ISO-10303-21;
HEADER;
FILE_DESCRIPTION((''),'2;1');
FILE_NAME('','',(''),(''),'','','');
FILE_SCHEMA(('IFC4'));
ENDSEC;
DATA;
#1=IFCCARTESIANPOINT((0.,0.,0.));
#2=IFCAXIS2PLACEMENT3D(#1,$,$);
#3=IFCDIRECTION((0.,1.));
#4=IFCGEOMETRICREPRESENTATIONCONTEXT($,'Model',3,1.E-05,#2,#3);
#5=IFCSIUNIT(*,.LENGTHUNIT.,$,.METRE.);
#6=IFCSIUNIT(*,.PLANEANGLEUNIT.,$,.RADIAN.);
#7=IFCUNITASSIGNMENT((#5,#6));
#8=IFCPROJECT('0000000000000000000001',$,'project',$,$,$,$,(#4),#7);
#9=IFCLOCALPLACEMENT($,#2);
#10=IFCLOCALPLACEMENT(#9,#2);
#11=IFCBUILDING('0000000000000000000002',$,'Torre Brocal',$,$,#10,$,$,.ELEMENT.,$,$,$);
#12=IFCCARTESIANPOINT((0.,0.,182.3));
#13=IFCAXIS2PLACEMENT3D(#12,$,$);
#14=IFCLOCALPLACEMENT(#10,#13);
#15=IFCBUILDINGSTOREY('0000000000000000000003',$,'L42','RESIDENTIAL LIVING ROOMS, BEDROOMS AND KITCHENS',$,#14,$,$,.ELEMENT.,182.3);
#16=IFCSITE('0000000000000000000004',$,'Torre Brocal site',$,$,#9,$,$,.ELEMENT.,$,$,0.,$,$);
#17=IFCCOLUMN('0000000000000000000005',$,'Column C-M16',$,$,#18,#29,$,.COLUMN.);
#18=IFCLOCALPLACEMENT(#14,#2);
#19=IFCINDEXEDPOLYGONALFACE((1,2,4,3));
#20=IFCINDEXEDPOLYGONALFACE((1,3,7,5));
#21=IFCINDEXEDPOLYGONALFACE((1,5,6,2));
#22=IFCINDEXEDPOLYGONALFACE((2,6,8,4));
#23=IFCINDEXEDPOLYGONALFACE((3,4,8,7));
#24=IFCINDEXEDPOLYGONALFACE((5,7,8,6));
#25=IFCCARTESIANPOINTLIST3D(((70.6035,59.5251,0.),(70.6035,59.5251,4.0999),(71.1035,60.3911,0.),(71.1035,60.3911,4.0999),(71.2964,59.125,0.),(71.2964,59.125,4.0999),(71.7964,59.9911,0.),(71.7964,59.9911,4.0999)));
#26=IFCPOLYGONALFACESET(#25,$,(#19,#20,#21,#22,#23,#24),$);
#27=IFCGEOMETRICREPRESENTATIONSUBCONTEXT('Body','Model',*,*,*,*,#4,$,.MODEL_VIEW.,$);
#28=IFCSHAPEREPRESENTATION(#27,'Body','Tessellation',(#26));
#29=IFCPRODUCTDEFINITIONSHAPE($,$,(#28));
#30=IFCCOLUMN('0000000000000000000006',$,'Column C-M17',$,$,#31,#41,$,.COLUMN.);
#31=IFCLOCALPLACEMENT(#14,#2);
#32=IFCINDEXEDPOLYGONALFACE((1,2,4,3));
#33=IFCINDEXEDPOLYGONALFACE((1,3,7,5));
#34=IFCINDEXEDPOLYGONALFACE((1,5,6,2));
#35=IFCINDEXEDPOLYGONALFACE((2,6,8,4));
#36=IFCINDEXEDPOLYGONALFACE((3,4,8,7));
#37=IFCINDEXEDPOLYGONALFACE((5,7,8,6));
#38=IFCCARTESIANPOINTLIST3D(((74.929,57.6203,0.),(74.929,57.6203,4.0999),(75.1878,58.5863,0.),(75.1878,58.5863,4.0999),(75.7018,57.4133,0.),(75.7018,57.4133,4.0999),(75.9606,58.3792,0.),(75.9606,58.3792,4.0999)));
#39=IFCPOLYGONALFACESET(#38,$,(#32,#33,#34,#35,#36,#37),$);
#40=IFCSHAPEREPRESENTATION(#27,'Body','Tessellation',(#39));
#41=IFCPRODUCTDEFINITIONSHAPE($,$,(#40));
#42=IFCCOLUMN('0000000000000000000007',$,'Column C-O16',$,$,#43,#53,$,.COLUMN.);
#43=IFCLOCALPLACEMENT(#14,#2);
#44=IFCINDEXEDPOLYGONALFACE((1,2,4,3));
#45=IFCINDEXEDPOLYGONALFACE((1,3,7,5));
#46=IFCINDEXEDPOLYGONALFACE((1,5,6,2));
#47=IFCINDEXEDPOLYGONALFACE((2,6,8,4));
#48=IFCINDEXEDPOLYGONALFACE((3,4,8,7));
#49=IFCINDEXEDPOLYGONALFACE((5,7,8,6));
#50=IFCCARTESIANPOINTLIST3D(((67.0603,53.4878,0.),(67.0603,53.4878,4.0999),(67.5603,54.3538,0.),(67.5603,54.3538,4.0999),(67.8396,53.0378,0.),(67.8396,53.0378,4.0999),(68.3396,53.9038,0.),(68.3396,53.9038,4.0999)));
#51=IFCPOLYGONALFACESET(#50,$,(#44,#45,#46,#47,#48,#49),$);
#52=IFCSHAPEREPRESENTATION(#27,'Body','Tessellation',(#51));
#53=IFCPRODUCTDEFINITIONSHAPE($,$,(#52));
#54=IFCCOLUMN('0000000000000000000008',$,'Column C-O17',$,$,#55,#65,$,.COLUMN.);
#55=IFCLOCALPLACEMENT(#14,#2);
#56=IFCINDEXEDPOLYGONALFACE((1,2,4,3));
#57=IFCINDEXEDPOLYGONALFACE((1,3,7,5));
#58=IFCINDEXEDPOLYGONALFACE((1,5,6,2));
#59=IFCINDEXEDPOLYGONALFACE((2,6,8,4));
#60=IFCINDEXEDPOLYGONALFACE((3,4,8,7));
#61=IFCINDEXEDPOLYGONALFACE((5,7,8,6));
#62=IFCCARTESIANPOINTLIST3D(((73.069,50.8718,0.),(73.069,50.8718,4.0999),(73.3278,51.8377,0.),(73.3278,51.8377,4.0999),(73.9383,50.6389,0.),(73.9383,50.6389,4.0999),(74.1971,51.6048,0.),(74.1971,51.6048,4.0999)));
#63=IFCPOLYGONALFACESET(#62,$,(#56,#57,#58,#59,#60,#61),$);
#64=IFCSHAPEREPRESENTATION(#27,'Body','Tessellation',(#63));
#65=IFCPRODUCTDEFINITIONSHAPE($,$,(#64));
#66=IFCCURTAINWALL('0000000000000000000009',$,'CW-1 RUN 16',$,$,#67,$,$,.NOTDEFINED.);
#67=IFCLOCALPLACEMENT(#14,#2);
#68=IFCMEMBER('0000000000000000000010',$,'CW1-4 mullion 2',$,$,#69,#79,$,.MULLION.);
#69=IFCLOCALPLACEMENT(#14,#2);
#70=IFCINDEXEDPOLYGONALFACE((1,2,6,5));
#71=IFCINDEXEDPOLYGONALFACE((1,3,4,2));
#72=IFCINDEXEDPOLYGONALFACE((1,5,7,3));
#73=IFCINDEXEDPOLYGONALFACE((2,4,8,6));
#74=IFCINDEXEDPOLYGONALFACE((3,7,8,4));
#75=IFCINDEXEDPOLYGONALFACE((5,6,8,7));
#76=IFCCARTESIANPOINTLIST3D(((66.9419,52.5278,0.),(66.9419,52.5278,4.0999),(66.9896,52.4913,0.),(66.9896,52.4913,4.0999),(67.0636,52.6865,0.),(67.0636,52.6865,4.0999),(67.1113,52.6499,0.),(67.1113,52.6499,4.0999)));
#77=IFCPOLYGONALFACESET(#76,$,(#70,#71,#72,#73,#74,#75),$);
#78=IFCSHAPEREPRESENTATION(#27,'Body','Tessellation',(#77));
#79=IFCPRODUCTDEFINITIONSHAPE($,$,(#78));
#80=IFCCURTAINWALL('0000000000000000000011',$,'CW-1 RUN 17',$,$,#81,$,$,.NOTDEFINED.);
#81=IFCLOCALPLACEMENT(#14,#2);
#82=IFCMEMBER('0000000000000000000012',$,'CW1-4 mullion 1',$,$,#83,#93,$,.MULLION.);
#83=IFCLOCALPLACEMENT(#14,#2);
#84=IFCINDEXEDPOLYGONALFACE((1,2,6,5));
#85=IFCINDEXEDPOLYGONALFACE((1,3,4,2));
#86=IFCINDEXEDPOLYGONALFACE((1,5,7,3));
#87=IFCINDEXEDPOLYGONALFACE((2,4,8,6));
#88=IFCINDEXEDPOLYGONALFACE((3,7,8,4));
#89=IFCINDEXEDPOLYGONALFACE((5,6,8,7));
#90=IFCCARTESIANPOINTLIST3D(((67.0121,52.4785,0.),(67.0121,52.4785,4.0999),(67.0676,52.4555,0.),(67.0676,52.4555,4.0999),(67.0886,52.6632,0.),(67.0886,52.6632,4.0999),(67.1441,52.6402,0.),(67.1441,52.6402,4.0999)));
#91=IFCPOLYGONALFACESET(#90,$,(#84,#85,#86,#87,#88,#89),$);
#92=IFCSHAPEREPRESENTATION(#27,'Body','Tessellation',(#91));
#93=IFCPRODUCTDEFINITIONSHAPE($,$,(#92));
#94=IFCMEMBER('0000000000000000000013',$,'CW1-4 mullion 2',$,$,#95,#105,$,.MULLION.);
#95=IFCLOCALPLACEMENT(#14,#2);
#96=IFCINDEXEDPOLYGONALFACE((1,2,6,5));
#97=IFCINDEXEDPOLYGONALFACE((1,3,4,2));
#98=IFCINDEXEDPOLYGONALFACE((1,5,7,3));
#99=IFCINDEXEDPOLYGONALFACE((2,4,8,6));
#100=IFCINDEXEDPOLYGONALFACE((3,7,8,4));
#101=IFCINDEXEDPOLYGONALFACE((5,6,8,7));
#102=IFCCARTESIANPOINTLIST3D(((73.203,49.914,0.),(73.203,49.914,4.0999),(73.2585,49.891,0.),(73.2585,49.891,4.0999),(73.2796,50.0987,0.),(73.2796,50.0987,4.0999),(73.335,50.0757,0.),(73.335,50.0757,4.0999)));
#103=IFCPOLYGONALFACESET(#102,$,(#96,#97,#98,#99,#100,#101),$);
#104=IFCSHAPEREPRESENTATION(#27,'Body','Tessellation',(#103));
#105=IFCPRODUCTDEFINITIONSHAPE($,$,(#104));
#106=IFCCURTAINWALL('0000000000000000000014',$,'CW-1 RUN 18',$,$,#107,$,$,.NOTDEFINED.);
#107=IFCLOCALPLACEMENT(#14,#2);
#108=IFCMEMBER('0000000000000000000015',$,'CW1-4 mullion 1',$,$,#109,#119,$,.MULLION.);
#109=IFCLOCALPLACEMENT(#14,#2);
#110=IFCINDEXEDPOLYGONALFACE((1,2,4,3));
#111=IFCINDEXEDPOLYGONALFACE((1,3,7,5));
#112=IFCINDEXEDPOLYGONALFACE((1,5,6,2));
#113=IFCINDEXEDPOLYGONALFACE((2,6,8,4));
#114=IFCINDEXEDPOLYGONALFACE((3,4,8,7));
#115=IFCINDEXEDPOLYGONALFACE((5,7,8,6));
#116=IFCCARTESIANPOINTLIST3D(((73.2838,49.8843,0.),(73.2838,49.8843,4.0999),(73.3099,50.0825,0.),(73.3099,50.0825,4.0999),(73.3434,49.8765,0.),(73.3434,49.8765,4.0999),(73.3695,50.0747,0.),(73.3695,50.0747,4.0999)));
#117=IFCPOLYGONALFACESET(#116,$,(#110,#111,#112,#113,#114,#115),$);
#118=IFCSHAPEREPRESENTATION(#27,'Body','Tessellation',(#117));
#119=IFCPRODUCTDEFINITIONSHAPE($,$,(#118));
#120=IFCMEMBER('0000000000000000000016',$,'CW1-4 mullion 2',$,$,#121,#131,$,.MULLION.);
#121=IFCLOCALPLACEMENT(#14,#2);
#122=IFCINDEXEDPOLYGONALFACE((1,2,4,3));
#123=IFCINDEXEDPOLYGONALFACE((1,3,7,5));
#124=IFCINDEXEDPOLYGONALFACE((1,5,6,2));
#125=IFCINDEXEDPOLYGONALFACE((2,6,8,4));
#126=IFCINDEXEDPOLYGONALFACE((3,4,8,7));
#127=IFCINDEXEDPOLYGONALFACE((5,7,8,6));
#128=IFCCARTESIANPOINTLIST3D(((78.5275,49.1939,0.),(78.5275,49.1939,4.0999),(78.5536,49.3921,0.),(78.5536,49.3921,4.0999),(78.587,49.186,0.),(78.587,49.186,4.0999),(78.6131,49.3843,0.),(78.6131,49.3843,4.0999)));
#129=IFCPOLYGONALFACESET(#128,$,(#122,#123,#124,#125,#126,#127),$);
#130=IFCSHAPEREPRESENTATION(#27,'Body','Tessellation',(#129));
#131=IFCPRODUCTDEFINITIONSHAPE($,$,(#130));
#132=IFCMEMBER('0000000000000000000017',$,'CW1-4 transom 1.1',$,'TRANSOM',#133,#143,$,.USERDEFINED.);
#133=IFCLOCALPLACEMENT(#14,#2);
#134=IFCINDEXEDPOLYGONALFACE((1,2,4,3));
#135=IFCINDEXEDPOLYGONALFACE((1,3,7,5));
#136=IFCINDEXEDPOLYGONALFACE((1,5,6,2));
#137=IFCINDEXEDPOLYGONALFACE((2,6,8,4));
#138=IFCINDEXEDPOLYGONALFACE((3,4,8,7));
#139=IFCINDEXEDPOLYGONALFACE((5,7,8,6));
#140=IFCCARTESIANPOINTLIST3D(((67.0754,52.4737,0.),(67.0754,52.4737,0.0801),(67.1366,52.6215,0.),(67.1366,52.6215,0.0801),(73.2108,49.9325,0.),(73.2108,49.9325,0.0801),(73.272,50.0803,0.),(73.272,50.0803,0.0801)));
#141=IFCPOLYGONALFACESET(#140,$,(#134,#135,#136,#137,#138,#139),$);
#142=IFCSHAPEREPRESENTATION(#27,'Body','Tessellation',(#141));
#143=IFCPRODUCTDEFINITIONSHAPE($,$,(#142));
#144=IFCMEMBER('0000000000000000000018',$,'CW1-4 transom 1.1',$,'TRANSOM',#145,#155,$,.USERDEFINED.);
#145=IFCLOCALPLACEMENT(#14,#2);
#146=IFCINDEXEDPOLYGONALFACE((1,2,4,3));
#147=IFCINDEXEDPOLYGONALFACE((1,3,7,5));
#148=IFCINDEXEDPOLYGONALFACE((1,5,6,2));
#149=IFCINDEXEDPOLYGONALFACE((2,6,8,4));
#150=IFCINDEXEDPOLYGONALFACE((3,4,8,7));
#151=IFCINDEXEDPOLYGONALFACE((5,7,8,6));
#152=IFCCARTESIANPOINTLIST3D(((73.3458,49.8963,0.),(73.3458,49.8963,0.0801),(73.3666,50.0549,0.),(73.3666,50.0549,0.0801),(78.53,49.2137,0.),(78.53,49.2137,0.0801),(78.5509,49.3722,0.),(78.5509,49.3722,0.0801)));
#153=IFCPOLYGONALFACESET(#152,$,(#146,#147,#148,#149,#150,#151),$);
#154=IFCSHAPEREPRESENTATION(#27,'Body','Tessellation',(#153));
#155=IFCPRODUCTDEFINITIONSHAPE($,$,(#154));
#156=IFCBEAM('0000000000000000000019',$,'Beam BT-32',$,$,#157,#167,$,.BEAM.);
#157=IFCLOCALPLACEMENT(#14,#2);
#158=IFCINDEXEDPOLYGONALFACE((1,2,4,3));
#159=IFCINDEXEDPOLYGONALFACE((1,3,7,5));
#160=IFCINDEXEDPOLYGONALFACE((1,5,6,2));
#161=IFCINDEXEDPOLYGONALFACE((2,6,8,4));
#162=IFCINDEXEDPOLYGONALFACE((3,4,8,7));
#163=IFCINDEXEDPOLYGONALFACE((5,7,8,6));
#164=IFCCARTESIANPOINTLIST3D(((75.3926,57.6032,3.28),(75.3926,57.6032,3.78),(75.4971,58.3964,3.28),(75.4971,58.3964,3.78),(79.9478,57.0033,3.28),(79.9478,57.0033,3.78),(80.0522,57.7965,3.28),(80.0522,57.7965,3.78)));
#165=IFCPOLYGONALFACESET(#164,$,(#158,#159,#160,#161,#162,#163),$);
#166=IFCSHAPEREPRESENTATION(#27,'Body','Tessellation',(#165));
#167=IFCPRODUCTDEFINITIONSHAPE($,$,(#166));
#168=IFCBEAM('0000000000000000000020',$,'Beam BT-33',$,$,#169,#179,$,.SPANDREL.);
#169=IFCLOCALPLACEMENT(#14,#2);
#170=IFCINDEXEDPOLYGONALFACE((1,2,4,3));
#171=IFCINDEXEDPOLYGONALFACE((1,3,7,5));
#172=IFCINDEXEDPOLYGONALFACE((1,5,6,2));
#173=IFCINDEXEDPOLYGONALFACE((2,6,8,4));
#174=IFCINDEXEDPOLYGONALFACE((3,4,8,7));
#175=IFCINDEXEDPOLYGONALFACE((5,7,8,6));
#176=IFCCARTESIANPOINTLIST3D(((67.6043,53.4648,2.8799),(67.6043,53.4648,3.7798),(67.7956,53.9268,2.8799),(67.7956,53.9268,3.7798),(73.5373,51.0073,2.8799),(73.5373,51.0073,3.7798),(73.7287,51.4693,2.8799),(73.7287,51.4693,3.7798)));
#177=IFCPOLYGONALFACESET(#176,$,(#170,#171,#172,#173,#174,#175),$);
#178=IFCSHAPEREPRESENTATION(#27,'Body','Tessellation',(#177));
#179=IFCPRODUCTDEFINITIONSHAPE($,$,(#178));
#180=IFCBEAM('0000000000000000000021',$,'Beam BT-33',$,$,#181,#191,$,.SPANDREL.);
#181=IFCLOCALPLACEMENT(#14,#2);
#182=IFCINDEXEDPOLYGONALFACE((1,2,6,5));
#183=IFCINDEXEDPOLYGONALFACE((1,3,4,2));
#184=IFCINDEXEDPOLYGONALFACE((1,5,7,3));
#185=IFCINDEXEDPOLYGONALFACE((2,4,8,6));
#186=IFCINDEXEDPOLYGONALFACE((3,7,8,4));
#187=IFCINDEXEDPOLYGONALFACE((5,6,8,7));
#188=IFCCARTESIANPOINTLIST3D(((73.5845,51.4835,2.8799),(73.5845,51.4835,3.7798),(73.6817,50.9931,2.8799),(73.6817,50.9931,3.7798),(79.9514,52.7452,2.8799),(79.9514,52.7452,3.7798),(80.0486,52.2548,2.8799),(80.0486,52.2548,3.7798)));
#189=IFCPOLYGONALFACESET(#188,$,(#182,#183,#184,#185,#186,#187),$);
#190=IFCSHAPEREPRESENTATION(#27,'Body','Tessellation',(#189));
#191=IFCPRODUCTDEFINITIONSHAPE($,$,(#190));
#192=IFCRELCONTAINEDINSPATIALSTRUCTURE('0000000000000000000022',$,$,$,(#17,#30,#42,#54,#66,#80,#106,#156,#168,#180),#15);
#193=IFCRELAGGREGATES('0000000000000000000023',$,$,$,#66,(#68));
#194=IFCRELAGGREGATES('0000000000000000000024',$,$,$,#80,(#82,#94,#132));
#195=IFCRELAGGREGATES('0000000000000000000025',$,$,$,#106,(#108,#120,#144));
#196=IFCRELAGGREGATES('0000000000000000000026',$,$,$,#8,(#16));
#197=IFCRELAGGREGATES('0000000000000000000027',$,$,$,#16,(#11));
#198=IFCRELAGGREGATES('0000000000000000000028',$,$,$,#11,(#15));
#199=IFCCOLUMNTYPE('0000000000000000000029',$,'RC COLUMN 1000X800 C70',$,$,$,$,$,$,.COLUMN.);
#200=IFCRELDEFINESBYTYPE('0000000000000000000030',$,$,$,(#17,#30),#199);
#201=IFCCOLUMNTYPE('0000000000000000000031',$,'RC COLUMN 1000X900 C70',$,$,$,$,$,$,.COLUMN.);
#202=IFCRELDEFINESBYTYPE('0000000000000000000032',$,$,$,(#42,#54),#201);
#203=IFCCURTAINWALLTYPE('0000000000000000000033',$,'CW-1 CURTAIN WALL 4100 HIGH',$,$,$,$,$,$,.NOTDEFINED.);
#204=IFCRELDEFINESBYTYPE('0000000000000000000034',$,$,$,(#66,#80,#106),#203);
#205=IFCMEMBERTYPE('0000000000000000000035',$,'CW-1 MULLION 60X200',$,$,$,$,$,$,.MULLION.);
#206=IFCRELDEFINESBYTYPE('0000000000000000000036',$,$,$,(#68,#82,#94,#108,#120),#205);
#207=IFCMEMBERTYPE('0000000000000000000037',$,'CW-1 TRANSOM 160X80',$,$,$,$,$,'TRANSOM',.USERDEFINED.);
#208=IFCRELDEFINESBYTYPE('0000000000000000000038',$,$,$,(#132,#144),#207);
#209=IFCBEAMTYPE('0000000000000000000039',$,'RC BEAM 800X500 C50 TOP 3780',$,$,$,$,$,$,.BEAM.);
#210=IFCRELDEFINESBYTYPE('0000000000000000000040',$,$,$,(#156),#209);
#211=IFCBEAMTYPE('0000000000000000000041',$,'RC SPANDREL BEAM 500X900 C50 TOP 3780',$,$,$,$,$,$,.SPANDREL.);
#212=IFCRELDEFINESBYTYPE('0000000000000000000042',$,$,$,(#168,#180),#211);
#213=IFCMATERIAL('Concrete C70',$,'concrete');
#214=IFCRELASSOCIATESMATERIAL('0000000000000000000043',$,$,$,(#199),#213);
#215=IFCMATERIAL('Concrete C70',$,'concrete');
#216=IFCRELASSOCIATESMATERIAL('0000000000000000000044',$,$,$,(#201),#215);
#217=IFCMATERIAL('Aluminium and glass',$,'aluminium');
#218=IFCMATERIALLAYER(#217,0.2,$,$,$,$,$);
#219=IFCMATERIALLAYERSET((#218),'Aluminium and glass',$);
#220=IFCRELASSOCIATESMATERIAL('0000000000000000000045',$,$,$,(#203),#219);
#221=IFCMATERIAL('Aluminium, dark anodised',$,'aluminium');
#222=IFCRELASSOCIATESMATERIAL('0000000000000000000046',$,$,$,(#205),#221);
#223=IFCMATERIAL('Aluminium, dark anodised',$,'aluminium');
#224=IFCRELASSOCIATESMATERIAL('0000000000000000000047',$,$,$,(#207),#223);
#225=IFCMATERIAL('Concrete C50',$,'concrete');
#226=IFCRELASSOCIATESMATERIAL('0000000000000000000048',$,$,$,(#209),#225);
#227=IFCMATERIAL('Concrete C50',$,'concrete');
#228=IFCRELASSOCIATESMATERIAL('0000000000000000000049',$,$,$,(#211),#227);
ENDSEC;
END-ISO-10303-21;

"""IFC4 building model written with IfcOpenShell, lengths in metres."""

from ifc_helpers import new_model, si_unit, direction, frame, origin, origin_2d, place, context, subcontext, project, spatial, rectangle, extrude, material, layer, layer_set, material_profile, profile_set, type_object, element, aggregate, save


model = new_model("IFC4")

# Units and contexts
model_context = context("Model", 3, precision=1e-05, world=origin(), true_north=direction((0.0, 1.0)))
body_context = subcontext(model_context, "Body", "Model", "MODEL_VIEW")
ifc_project = project(units=[si_unit("LENGTHUNIT", "METRE"), si_unit("PLANEANGLEUNIT", "RADIAN")], contexts=[model_context])

# Site, building, storey
site_placement = place(None, origin())
site = spatial("IfcSite", under=ifc_project, at=site_placement, Name="Torre Brocal site", CompositionType="ELEMENT", RefElevation=0.0)
building_placement = place(site_placement, origin())
building = spatial("IfcBuilding", under=site, at=building_placement, Name="Torre Brocal", CompositionType="ELEMENT")
storey_placement = place(building_placement, frame((0.0, 0.0, 182.3)))
storey = spatial("IfcBuildingStorey", under=building, at=storey_placement, Name="L42", Description="RESIDENTIAL LIVING ROOMS, BEDROOMS AND KITCHENS", CompositionType="ELEMENT", Elevation=182.3)

# Columns
ifc_material_1 = material(Name="Concrete C70", Category="concrete")
ifc_material_profile_1 = material_profile(ifc_material_1, rectangle(XDim=1.0, YDim=0.8, at=origin_2d()), Name="RC 1000X800")
ifc_profile_set_1 = profile_set([ifc_material_profile_1], Name="Concrete C70")
column_type_1 = type_object("IfcColumnType", Name="RC COLUMN 1000X800 C70", PredefinedType="COLUMN", material=ifc_profile_set_1)
for number, where, z_axis, x_axis, name in (
    (1, (71.2, 59.7581, 0.0), (0.0, 0.0, 1.0), (-0.5, -0.866025, 0.0), "Column C-M16"),
    (2, (75.4448, 57.9998, 0.0), (0.0, 0.0, 1.0), (-0.258819, -0.965926, 0.0), "Column C-M17"),
):
    element("IfcColumn", number, at=place(storey_placement, frame(where, z_axis=z_axis, x_axis=x_axis)), inside=storey, type_object=column_type_1, Name=name, PredefinedType="COLUMN", context=body_context, shape_type="SweptSolid", body=[
        extrude(rectangle(XDim=1.0, YDim=0.8, at=origin_2d()), origin(), (0.0, 0.0, 1.0), 4.0999),
    ])
ifc_material_2 = material(Name="Concrete C70", Category="concrete")
ifc_material_profile_2 = material_profile(ifc_material_2, rectangle(XDim=1.0, YDim=0.8999, at=origin_2d()), Name="RC 1000X900")
ifc_profile_set_2 = profile_set([ifc_material_profile_2], Name="Concrete C70")
column_type_2 = type_object("IfcColumnType", Name="RC COLUMN 1000X900 C70", PredefinedType="COLUMN", material=ifc_profile_set_2)
for number, where, z_axis, x_axis, name in (
    (3, (67.7, 53.6958, 0.0), (0.0, 0.0, 1.0), (-0.5, -0.866025, 0.0), "Column C-O16"),
    (4, (73.6331, 51.2383, 0.0), (0.0, 0.0, 1.0), (-0.258819, -0.965926, 0.0), "Column C-O17"),
):
    element("IfcColumn", number, at=place(storey_placement, frame(where, z_axis=z_axis, x_axis=x_axis)), inside=storey, type_object=column_type_2, Name=name, PredefinedType="COLUMN", context=body_context, shape_type="SweptSolid", body=[
        extrude(rectangle(XDim=1.0, YDim=0.8999, at=origin_2d()), origin(), (0.0, 0.0, 1.0), 4.0999),
    ])

# Curtain wall, member
ifc_material_3 = material(Name="Aluminium and glass", Category="aluminium")
ifc_layer_1 = layer(ifc_material_3, 0.2)
ifc_layer_set_1 = layer_set([ifc_layer_1], Name="Aluminium and glass")
curtain_wall_type = type_object("IfcCurtainWallType", Name="CW-1 CURTAIN WALL 4100 HIGH", PredefinedType="NOTDEFINED", material=ifc_layer_set_1)
curtain_wall_1_placement = place(storey_placement, origin())
curtain_wall_1 = element("IfcCurtainWall", 5, at=curtain_wall_1_placement, inside=storey, type_object=curtain_wall_type, Name="CW-1 RUN 16", PredefinedType="NOTDEFINED")
ifc_material_4 = material(Name="Aluminium, dark anodised", Category="aluminium")
ifc_material_profile_3 = material_profile(ifc_material_4, rectangle(XDim=0.2, YDim=0.0601, at=origin_2d()), Name="CW-1 MULLION 60X200")
ifc_profile_set_3 = profile_set([ifc_material_profile_3], Name="Aluminium, dark anodised")
member_type_1 = type_object("IfcMemberType", Name="CW-1 MULLION 60X200", PredefinedType="MULLION", material=ifc_profile_set_3)
member_1_placement = place(storey_placement, frame((67.0266, 52.5889, 0.0), z_axis=(0.0, 0.0, 1.0), x_axis=(0.608761, 0.793353, 0.0)))
member_1 = element("IfcMember", 6, at=member_1_placement, type_object=member_type_1, Name="CW1-4 mullion 2", PredefinedType="MULLION", context=body_context, shape_type="SweptSolid", body=[
    extrude(rectangle(XDim=0.2, YDim=0.0601, at=origin_2d()), origin(), (0.0, 0.0, 1.0), 4.0999),
])
aggregate(curtain_wall_1, [member_1])

# Curtain walls, members
curtain_wall_2_placement = place(storey_placement, origin())
curtain_wall_2 = element("IfcCurtainWall", 7, at=curtain_wall_2_placement, inside=storey, type_object=curtain_wall_type, Name="CW-1 RUN 17", PredefinedType="NOTDEFINED")
member_2_placement = place(storey_placement, frame((67.0781, 52.5593, 0.0), z_axis=(0.0, 0.0, 1.0), x_axis=(0.382683, 0.92388, 0.0)))
member_2 = element("IfcMember", 8, at=member_2_placement, type_object=member_type_1, Name="CW1-4 mullion 1", PredefinedType="MULLION", context=body_context, shape_type="SweptSolid", body=[
    extrude(rectangle(XDim=0.2, YDim=0.0601, at=origin_2d()), origin(), (0.0, 0.0, 1.0), 4.0999),
])
member_3_placement = place(storey_placement, frame((73.269, 49.9949, 0.0), z_axis=(0.0, 0.0, 1.0), x_axis=(0.382683, 0.92388, 0.0)))
member_3 = element("IfcMember", 9, at=member_3_placement, type_object=member_type_1, Name="CW1-4 mullion 2", PredefinedType="MULLION", context=body_context, shape_type="SweptSolid", body=[
    extrude(rectangle(XDim=0.2, YDim=0.0601, at=origin_2d()), origin(), (0.0, 0.0, 1.0), 4.0999),
])
curtain_wall_3_placement = place(storey_placement, origin())
curtain_wall_3 = element("IfcCurtainWall", 10, at=curtain_wall_3_placement, inside=storey, type_object=curtain_wall_type, Name="CW-1 RUN 18", PredefinedType="NOTDEFINED")
member_4_placement = place(storey_placement, frame((73.3267, 49.9795, 0.0), z_axis=(0.0, 0.0, 1.0), x_axis=(0.130526, 0.991445, 0.0)))
member_4 = element("IfcMember", 11, at=member_4_placement, type_object=member_type_1, Name="CW1-4 mullion 1", PredefinedType="MULLION", context=body_context, shape_type="SweptSolid", body=[
    extrude(rectangle(XDim=0.2, YDim=0.0601, at=origin_2d()), origin(), (0.0, 0.0, 1.0), 4.0999),
])
member_5_placement = place(storey_placement, frame((78.5703, 49.2891, 0.0), z_axis=(0.0, 0.0, 1.0), x_axis=(0.130526, 0.991445, 0.0)))
member_5 = element("IfcMember", 12, at=member_5_placement, type_object=member_type_1, Name="CW1-4 mullion 2", PredefinedType="MULLION", context=body_context, shape_type="SweptSolid", body=[
    extrude(rectangle(XDim=0.2, YDim=0.0601, at=origin_2d()), origin(), (0.0, 0.0, 1.0), 4.0999),
])

# Members
ifc_material_5 = material(Name="Aluminium, dark anodised", Category="aluminium")
ifc_material_profile_4 = material_profile(ifc_material_5, rectangle(XDim=0.1599, YDim=0.0801, at=origin_2d()), Name="CW-1 TRANSOM 160X80")
ifc_profile_set_4 = profile_set([ifc_material_profile_4], Name="Aluminium, dark anodised")
member_type_2 = type_object("IfcMemberType", Name="CW-1 TRANSOM 160X80", ElementType="TRANSOM", PredefinedType="USERDEFINED", material=ifc_profile_set_4)
member_6_placement = place(storey_placement, frame((67.106, 52.5476, 0.04), z_axis=(0.923887, -0.382665, 0.0), x_axis=(0.382665, 0.923887, 0.0)))
member_6 = element("IfcMember", 13, at=member_6_placement, type_object=member_type_2, Name="CW1-4 transom 1.1", ObjectType="TRANSOM", PredefinedType="USERDEFINED", context=body_context, shape_type="SweptSolid", body=[
    extrude(rectangle(XDim=0.1599, YDim=0.0801, at=origin_2d()), origin(), (0.0, 0.0, 1.0), 6.6409),
])
member_7_placement = place(storey_placement, frame((73.3562, 49.9756, 0.04), z_axis=(0.991443, -0.130543, 0.0), x_axis=(0.130543, 0.991443, 0.0)))
member_7 = element("IfcMember", 14, at=member_7_placement, type_object=member_type_2, Name="CW1-4 transom 1.1", ObjectType="TRANSOM", PredefinedType="USERDEFINED", context=body_context, shape_type="SweptSolid", body=[
    extrude(rectangle(XDim=0.1599, YDim=0.0801, at=origin_2d()), origin(), (0.0, 0.0, 1.0), 5.229),
])

# Beams
ifc_material_6 = material(Name="Concrete C50", Category="concrete")
ifc_material_profile_5 = material_profile(ifc_material_6, rectangle(XDim=0.8, YDim=0.5, at=origin_2d()), Name="RC 800X500")
ifc_profile_set_5 = profile_set([ifc_material_profile_5], Name="Concrete C50")
beam_type_1 = type_object("IfcBeamType", Name="RC BEAM 800X500 C50 TOP 3780", PredefinedType="BEAM", material=ifc_profile_set_5)
beam_1_placement = place(storey_placement, frame((75.4448, 57.9998, 3.53), z_axis=(0.991441, -0.130559, 0.0), x_axis=(0.130559, 0.991441, 0.0)))
element("IfcBeam", 15, at=beam_1_placement, inside=storey, type_object=beam_type_1, Name="Beam BT-32", PredefinedType="BEAM", context=body_context, shape_type="SweptSolid", body=[
    extrude(rectangle(XDim=0.8, YDim=0.5, at=origin_2d()), origin(), (0.0, 0.0, 1.0), 4.5945),
])
ifc_material_7 = material(Name="Concrete C50", Category="concrete")
ifc_material_profile_6 = material_profile(ifc_material_7, rectangle(XDim=0.5, YDim=0.8999, at=origin_2d()), Name="RC 500X900")
ifc_profile_set_6 = profile_set([ifc_material_profile_6], Name="Concrete C50")
beam_type_2 = type_object("IfcBeamType", Name="RC SPANDREL BEAM 500X900 C50 TOP 3780", PredefinedType="SPANDREL", material=ifc_profile_set_6)
beam_2_placement = place(storey_placement, frame((67.7, 53.6958, 3.3298), z_axis=(0.923882, -0.382676, 0.0), x_axis=(0.382676, 0.923882, 0.0)))
element("IfcBeam", 16, at=beam_2_placement, inside=storey, type_object=beam_type_2, Name="Beam BT-33", PredefinedType="SPANDREL", context=body_context, shape_type="SweptSolid", body=[
    extrude(rectangle(XDim=0.5, YDim=0.8999, at=origin_2d()), origin(), (0.0, 0.0, 1.0), 6.4219),
])
beam_3_placement = place(storey_placement, frame((73.6331, 51.2383, 3.3298), z_axis=(0.980925, 0.194387, 0.0), x_axis=(-0.194387, 0.980925, 0.0)))
element("IfcBeam", 17, at=beam_3_placement, inside=storey, type_object=beam_type_2, Name="Beam BT-33", PredefinedType="SPANDREL", context=body_context, shape_type="SweptSolid", body=[
    extrude(rectangle(XDim=0.5, YDim=0.8999, at=origin_2d()), origin(), (0.0, 0.0, 1.0), 6.4907),
])

aggregate(curtain_wall_2, [member_2, member_3, member_6])
aggregate(curtain_wall_3, [member_4, member_5, member_7])

save(model, "model.ifc")
